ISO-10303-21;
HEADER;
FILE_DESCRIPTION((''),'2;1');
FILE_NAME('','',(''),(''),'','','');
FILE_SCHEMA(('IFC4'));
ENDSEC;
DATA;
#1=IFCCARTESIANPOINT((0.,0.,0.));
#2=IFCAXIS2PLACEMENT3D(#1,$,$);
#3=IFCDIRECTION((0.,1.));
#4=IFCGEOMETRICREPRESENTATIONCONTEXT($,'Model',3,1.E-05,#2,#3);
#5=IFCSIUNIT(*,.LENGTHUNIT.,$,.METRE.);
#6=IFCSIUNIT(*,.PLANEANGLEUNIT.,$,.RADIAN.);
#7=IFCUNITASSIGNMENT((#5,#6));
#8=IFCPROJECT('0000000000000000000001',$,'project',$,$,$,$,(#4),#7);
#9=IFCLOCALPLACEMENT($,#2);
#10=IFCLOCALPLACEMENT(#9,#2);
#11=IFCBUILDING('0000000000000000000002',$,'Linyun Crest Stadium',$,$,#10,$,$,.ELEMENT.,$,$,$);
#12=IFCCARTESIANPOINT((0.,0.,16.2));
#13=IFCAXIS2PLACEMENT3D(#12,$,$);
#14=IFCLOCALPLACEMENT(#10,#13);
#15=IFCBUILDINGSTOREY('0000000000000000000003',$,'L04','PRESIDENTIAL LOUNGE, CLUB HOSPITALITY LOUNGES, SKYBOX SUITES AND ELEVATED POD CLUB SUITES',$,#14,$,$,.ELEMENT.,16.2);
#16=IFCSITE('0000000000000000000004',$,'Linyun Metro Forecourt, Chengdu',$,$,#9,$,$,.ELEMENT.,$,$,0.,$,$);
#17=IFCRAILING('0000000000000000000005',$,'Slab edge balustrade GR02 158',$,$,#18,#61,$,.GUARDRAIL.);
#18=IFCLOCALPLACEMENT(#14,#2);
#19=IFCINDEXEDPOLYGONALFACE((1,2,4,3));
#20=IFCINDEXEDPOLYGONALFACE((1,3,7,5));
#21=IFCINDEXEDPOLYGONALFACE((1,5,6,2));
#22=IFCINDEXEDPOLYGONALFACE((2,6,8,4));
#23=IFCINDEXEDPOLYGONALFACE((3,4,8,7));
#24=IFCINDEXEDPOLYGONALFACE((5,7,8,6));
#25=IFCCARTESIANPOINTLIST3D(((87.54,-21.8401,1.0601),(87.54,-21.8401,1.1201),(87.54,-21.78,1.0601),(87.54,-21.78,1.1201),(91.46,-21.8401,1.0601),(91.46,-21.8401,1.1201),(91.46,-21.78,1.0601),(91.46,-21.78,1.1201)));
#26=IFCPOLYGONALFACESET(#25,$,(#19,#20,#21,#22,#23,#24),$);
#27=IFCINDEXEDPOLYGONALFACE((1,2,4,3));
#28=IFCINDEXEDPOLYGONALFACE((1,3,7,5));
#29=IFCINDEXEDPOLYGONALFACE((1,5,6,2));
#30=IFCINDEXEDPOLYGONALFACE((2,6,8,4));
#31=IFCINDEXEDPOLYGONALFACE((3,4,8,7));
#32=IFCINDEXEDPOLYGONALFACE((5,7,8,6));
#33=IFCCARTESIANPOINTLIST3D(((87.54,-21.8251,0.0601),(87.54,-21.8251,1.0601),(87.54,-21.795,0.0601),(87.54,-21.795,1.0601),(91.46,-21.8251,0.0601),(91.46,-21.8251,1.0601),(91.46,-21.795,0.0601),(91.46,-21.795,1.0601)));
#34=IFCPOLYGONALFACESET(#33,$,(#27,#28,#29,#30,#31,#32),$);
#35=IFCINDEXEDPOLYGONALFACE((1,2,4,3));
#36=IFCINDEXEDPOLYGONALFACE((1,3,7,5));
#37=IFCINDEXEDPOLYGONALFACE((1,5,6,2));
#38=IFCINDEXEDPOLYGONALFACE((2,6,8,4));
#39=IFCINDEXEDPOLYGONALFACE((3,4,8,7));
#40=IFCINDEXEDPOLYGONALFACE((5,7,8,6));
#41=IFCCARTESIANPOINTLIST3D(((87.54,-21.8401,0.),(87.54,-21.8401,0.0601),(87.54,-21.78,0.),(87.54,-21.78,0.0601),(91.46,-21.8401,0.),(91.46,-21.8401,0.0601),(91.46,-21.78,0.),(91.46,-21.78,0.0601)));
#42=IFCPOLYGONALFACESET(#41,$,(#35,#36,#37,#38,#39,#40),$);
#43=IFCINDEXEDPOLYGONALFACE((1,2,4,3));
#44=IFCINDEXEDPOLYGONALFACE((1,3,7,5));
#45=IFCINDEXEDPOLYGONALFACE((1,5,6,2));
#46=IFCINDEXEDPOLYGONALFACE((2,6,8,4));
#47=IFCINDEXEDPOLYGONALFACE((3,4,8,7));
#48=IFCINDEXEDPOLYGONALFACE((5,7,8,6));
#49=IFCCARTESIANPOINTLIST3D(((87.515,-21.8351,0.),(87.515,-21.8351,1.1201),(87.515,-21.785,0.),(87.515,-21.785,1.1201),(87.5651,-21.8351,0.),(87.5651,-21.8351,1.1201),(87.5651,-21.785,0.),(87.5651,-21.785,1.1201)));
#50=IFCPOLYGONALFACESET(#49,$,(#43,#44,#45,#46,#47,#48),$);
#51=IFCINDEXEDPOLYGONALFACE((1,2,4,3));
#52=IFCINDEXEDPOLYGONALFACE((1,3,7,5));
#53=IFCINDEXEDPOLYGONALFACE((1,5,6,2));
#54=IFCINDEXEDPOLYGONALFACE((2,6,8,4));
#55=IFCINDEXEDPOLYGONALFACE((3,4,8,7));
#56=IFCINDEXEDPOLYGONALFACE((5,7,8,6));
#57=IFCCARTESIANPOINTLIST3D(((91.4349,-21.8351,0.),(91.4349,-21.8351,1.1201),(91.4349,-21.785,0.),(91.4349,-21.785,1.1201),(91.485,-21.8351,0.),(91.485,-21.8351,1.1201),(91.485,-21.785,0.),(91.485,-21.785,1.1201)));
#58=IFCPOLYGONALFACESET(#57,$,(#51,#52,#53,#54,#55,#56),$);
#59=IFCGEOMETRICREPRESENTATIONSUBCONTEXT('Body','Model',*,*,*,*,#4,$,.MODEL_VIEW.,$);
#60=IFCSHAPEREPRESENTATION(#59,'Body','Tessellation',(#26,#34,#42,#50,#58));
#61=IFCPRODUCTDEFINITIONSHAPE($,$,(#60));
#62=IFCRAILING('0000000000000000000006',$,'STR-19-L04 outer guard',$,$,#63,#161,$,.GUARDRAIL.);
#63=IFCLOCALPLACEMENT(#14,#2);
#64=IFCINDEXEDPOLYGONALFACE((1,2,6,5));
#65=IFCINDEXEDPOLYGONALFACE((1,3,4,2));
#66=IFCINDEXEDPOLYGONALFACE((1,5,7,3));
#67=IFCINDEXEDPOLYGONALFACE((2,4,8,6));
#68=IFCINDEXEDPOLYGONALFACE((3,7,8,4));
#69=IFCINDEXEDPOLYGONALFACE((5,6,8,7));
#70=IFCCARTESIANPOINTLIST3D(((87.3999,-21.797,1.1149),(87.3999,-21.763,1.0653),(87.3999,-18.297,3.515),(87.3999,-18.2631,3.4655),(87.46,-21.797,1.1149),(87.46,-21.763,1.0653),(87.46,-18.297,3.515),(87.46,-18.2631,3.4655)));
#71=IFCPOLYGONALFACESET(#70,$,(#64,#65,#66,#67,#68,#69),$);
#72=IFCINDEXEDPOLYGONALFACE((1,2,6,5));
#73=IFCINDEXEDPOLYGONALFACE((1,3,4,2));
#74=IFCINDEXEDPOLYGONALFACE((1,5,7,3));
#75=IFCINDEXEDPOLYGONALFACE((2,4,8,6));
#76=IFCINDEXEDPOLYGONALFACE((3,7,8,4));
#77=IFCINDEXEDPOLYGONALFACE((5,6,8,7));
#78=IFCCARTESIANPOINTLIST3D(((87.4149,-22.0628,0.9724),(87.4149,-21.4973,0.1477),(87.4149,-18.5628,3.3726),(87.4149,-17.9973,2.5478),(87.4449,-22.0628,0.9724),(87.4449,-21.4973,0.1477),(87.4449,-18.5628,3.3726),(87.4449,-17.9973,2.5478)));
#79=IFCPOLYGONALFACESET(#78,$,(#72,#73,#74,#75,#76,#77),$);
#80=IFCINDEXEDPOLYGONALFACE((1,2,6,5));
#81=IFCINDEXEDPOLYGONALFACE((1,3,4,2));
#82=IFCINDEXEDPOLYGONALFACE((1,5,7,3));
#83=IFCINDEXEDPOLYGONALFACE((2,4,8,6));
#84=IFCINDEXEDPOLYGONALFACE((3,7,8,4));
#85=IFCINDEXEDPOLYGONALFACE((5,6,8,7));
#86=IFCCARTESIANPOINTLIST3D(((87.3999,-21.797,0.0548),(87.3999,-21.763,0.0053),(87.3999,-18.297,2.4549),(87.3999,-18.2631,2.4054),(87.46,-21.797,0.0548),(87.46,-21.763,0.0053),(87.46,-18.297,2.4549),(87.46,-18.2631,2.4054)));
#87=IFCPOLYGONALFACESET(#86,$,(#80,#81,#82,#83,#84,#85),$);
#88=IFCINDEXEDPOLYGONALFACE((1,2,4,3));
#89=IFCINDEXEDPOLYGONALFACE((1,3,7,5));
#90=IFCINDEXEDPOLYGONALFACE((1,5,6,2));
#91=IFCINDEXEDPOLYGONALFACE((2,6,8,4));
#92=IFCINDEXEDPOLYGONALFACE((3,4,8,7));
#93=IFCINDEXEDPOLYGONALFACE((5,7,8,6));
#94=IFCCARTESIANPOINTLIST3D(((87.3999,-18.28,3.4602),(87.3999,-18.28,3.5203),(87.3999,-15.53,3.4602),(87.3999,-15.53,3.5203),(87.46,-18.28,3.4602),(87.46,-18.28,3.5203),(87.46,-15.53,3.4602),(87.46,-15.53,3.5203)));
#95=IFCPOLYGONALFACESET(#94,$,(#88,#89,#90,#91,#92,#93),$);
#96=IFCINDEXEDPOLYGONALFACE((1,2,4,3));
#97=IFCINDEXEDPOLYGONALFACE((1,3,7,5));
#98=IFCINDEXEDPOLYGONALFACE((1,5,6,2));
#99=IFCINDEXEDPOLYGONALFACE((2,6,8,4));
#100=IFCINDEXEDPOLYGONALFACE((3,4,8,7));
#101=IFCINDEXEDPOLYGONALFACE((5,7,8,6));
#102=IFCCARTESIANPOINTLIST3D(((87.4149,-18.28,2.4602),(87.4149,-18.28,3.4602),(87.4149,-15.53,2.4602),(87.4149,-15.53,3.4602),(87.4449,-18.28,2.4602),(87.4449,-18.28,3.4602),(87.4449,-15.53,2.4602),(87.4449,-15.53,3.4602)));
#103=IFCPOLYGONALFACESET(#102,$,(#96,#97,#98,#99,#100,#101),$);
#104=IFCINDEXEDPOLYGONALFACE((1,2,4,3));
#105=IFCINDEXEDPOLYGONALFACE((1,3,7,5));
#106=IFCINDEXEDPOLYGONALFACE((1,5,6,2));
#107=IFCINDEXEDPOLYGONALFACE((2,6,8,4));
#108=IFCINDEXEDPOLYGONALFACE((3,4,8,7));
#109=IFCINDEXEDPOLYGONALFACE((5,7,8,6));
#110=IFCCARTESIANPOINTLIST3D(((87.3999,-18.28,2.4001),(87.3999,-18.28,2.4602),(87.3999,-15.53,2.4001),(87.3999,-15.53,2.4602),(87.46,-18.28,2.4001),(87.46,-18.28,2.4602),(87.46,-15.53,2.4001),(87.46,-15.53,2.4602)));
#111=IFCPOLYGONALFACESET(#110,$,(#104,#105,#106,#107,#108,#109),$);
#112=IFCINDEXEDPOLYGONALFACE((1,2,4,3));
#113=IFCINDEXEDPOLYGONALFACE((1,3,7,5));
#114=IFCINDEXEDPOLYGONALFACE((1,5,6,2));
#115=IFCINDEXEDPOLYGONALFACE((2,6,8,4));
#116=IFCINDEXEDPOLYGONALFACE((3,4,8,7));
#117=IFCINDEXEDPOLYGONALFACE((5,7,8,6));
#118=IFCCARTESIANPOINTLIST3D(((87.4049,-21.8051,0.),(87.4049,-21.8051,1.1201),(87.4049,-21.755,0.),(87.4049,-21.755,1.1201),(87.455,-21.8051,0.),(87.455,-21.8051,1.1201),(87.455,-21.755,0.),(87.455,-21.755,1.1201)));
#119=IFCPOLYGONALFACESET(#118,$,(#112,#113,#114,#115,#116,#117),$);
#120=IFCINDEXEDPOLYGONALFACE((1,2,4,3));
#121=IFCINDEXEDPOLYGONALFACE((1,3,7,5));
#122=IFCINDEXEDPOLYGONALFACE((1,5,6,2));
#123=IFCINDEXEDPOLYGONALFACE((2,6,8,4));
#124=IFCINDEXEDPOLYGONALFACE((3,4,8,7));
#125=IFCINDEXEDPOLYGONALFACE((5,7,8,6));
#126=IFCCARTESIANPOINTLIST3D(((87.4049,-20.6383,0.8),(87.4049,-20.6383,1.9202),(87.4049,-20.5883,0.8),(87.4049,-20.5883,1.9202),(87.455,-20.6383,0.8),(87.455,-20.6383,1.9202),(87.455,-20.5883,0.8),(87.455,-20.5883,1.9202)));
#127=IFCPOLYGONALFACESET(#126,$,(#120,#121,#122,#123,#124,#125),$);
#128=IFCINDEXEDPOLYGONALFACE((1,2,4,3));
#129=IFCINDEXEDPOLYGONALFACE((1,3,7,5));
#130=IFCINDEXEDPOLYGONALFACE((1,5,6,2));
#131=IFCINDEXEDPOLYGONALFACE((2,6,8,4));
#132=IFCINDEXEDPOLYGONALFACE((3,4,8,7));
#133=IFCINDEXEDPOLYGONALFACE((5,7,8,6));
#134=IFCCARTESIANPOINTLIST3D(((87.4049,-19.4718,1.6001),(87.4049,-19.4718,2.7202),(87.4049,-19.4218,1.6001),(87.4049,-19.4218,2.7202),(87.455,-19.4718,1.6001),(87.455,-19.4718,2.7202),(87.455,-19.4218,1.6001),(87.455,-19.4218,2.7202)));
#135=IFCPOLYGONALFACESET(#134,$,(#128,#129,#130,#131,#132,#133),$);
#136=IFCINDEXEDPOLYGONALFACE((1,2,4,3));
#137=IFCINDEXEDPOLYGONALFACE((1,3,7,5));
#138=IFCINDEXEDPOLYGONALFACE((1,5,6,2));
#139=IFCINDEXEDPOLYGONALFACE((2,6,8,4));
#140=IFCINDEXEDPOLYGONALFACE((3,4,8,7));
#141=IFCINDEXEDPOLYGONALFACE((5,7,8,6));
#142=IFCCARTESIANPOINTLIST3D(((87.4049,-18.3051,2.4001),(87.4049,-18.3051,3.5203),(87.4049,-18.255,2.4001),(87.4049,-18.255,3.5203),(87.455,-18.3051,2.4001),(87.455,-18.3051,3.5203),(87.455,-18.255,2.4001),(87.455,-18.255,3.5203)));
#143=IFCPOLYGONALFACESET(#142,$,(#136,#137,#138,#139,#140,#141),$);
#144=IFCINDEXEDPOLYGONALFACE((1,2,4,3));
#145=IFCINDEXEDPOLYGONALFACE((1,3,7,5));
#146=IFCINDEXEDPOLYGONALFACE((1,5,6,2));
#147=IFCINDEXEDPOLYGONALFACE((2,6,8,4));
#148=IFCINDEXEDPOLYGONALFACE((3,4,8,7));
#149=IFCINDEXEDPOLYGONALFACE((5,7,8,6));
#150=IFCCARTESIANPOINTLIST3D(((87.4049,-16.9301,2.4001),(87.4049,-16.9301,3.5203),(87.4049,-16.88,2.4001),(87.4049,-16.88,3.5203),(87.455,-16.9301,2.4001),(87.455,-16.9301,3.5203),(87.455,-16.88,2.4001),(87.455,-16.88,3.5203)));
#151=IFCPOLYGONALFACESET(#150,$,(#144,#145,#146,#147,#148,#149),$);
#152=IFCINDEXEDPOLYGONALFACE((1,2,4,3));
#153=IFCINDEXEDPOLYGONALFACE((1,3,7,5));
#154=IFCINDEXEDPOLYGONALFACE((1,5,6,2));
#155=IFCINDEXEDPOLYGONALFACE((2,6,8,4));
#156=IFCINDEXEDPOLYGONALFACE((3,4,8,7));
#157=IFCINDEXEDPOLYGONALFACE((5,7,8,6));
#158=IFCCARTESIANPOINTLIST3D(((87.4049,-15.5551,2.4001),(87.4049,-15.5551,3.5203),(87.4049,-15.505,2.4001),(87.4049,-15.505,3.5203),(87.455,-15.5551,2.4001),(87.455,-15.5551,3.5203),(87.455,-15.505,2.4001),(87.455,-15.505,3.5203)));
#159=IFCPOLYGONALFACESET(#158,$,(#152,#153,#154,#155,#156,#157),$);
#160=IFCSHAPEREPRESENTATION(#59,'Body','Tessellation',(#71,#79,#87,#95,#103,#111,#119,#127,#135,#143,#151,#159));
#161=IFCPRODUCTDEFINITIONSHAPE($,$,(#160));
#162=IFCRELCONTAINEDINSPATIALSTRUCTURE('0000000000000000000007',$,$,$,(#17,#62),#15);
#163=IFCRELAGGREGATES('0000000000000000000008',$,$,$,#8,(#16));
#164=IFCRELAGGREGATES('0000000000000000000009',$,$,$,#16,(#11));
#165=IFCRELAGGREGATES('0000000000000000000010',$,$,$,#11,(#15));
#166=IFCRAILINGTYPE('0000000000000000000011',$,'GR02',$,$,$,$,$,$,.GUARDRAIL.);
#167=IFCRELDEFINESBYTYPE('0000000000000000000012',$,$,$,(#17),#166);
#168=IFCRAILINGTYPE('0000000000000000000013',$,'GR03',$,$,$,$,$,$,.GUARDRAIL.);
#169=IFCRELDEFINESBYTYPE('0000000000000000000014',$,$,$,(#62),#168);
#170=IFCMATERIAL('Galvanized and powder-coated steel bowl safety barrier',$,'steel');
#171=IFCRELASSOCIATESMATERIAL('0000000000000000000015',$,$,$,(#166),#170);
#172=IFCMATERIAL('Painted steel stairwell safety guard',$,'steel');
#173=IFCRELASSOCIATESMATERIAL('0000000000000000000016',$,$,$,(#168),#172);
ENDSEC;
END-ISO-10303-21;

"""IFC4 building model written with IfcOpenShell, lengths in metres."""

from ifc_helpers import new_model, si_unit, direction, frame, origin, origin_2d, place, context, subcontext, project, spatial, rectangle, extrude, material, type_object, element, save


model = new_model("IFC4")

# Units and contexts
model_context = context("Model", 3, precision=1e-05, world=origin(), true_north=direction((0.0, 1.0)))
body_context = subcontext(model_context, "Body", "Model", "MODEL_VIEW")
ifc_project = project(units=[si_unit("LENGTHUNIT", "METRE"), si_unit("PLANEANGLEUNIT", "RADIAN")], contexts=[model_context])

# Site, building, storey
site_placement = place(None, origin())
site = spatial("IfcSite", under=ifc_project, at=site_placement, Name="Linyun Metro Forecourt, Chengdu", CompositionType="ELEMENT", RefElevation=0.0)
building_placement = place(site_placement, origin())
building = spatial("IfcBuilding", under=site, at=building_placement, Name="Linyun Crest Stadium", CompositionType="ELEMENT")
storey_placement = place(building_placement, frame((0.0, 0.0, 16.2)))
storey = spatial("IfcBuildingStorey", under=building, at=storey_placement, Name="L04", Description="PRESIDENTIAL LOUNGE, CLUB HOSPITALITY LOUNGES, SKYBOX SUITES AND ELEVATED POD CLUB SUITES", CompositionType="ELEMENT", Elevation=16.2)

# Railings
ifc_material_1 = material(Name="Galvanized and powder-coated steel bowl safety barrier", Category="steel")
railing_type_1 = type_object("IfcRailingType", Name="GR02", PredefinedType="GUARDRAIL", material=ifc_material_1)
railing_1_placement = place(storey_placement, frame((87.54, -21.8101, 0.0)))
element("IfcRailing", 1, at=railing_1_placement, inside=storey, type_object=railing_type_1, Name="Slab edge balustrade GR02 158", PredefinedType="GUARDRAIL", context=body_context, shape_type="SweptSolid", body=[
    extrude(rectangle(XDim=0.0601, YDim=0.0601, at=origin_2d()), frame((0.0, 0.0, 1.0901), z_axis=(1.0, 0.0, 0.0), x_axis=(0.0, 1.0, 0.0)), (0.0, 0.0, 1.0), 3.9199),
    extrude(rectangle(XDim=0.03, YDim=1.0, at=origin_2d()), frame((0.0, 0.0, 0.5601), z_axis=(1.0, 0.0, 0.0), x_axis=(0.0, 1.0, 0.0)), (0.0, 0.0, 1.0), 3.9199),
    extrude(rectangle(XDim=0.0601, YDim=0.0601, at=origin_2d()), frame((0.0, 0.0, 0.03), z_axis=(1.0, 0.0, 0.0), x_axis=(0.0, 1.0, 0.0)), (0.0, 0.0, 1.0), 3.9199),
    extrude(rectangle(XDim=0.05, YDim=0.05, at=origin_2d()), origin(), (0.0, 0.0, 1.0), 1.1201),
    extrude(rectangle(XDim=0.05, YDim=0.05, at=origin_2d()), frame((3.9199, 0.0, 0.0)), (0.0, 0.0, 1.0), 1.1201),
])
ifc_material_2 = material(Name="Painted steel stairwell safety guard", Category="steel")
railing_type_2 = type_object("IfcRailingType", Name="GR03", PredefinedType="GUARDRAIL", material=ifc_material_2)
railing_2_placement = place(storey_placement, frame((87.4299, -21.78, 0.0)))
element("IfcRailing", 2, at=railing_2_placement, inside=storey, type_object=railing_type_2, Name="STR-19-L04 outer guard", PredefinedType="GUARDRAIL", context=body_context, shape_type="SweptSolid", body=[
    extrude(rectangle(XDim=0.0601, YDim=0.0601, at=origin_2d()), frame((0.0, 0.0, 1.0901), z_axis=(0.0, 0.824713, 0.565552), x_axis=(-1.0, 0.0, 0.0)), (0.0, 0.0, 1.0), 4.2439),
    extrude(rectangle(XDim=0.03, YDim=1.0, at=origin_2d()), frame((0.0, 0.0, 0.5601), z_axis=(0.0, 0.824713, 0.565552), x_axis=(-1.0, 0.0, 0.0)), (0.0, 0.0, 1.0), 4.2439),
    extrude(rectangle(XDim=0.0601, YDim=0.0601, at=origin_2d()), frame((0.0, 0.0, 0.03), z_axis=(0.0, 0.824713, 0.565552), x_axis=(-1.0, 0.0, 0.0)), (0.0, 0.0, 1.0), 4.2439),
    extrude(rectangle(XDim=0.0601, YDim=0.0601, at=origin_2d()), frame((0.0, 3.5, 3.4902), z_axis=(0.0, 1.0, 0.0), x_axis=(-1.0, 0.0, 0.0)), (0.0, 0.0, 1.0), 2.75),
    extrude(rectangle(XDim=0.03, YDim=1.0, at=origin_2d()), frame((0.0, 3.5, 2.9602), z_axis=(0.0, 1.0, 0.0), x_axis=(-1.0, 0.0, 0.0)), (0.0, 0.0, 1.0), 2.75),
    extrude(rectangle(XDim=0.0601, YDim=0.0601, at=origin_2d()), frame((0.0, 3.5, 2.4302), z_axis=(0.0, 1.0, 0.0), x_axis=(-1.0, 0.0, 0.0)), (0.0, 0.0, 1.0), 2.75),
    extrude(rectangle(XDim=0.05, YDim=0.05, at=origin_2d()), origin(), (0.0, 0.0, 1.0), 1.1201),
    extrude(rectangle(XDim=0.05, YDim=0.05, at=origin_2d()), frame((0.0, 1.1667, 0.8)), (0.0, 0.0, 1.0), 1.1201),
    extrude(rectangle(XDim=0.05, YDim=0.05, at=origin_2d()), frame((0.0, 2.3333, 1.6001)), (0.0, 0.0, 1.0), 1.1201),
    extrude(rectangle(XDim=0.05, YDim=0.05, at=origin_2d()), frame((0.0, 3.5, 2.4001)), (0.0, 0.0, 1.0), 1.1201),
    extrude(rectangle(XDim=0.05, YDim=0.05, at=origin_2d()), frame((0.0, 4.875, 2.4001)), (0.0, 0.0, 1.0), 1.1201),
    extrude(rectangle(XDim=0.05, YDim=0.05, at=origin_2d()), frame((0.0, 6.25, 2.4001)), (0.0, 0.0, 1.0), 1.1201),
])

save(model, "model.ifc")
